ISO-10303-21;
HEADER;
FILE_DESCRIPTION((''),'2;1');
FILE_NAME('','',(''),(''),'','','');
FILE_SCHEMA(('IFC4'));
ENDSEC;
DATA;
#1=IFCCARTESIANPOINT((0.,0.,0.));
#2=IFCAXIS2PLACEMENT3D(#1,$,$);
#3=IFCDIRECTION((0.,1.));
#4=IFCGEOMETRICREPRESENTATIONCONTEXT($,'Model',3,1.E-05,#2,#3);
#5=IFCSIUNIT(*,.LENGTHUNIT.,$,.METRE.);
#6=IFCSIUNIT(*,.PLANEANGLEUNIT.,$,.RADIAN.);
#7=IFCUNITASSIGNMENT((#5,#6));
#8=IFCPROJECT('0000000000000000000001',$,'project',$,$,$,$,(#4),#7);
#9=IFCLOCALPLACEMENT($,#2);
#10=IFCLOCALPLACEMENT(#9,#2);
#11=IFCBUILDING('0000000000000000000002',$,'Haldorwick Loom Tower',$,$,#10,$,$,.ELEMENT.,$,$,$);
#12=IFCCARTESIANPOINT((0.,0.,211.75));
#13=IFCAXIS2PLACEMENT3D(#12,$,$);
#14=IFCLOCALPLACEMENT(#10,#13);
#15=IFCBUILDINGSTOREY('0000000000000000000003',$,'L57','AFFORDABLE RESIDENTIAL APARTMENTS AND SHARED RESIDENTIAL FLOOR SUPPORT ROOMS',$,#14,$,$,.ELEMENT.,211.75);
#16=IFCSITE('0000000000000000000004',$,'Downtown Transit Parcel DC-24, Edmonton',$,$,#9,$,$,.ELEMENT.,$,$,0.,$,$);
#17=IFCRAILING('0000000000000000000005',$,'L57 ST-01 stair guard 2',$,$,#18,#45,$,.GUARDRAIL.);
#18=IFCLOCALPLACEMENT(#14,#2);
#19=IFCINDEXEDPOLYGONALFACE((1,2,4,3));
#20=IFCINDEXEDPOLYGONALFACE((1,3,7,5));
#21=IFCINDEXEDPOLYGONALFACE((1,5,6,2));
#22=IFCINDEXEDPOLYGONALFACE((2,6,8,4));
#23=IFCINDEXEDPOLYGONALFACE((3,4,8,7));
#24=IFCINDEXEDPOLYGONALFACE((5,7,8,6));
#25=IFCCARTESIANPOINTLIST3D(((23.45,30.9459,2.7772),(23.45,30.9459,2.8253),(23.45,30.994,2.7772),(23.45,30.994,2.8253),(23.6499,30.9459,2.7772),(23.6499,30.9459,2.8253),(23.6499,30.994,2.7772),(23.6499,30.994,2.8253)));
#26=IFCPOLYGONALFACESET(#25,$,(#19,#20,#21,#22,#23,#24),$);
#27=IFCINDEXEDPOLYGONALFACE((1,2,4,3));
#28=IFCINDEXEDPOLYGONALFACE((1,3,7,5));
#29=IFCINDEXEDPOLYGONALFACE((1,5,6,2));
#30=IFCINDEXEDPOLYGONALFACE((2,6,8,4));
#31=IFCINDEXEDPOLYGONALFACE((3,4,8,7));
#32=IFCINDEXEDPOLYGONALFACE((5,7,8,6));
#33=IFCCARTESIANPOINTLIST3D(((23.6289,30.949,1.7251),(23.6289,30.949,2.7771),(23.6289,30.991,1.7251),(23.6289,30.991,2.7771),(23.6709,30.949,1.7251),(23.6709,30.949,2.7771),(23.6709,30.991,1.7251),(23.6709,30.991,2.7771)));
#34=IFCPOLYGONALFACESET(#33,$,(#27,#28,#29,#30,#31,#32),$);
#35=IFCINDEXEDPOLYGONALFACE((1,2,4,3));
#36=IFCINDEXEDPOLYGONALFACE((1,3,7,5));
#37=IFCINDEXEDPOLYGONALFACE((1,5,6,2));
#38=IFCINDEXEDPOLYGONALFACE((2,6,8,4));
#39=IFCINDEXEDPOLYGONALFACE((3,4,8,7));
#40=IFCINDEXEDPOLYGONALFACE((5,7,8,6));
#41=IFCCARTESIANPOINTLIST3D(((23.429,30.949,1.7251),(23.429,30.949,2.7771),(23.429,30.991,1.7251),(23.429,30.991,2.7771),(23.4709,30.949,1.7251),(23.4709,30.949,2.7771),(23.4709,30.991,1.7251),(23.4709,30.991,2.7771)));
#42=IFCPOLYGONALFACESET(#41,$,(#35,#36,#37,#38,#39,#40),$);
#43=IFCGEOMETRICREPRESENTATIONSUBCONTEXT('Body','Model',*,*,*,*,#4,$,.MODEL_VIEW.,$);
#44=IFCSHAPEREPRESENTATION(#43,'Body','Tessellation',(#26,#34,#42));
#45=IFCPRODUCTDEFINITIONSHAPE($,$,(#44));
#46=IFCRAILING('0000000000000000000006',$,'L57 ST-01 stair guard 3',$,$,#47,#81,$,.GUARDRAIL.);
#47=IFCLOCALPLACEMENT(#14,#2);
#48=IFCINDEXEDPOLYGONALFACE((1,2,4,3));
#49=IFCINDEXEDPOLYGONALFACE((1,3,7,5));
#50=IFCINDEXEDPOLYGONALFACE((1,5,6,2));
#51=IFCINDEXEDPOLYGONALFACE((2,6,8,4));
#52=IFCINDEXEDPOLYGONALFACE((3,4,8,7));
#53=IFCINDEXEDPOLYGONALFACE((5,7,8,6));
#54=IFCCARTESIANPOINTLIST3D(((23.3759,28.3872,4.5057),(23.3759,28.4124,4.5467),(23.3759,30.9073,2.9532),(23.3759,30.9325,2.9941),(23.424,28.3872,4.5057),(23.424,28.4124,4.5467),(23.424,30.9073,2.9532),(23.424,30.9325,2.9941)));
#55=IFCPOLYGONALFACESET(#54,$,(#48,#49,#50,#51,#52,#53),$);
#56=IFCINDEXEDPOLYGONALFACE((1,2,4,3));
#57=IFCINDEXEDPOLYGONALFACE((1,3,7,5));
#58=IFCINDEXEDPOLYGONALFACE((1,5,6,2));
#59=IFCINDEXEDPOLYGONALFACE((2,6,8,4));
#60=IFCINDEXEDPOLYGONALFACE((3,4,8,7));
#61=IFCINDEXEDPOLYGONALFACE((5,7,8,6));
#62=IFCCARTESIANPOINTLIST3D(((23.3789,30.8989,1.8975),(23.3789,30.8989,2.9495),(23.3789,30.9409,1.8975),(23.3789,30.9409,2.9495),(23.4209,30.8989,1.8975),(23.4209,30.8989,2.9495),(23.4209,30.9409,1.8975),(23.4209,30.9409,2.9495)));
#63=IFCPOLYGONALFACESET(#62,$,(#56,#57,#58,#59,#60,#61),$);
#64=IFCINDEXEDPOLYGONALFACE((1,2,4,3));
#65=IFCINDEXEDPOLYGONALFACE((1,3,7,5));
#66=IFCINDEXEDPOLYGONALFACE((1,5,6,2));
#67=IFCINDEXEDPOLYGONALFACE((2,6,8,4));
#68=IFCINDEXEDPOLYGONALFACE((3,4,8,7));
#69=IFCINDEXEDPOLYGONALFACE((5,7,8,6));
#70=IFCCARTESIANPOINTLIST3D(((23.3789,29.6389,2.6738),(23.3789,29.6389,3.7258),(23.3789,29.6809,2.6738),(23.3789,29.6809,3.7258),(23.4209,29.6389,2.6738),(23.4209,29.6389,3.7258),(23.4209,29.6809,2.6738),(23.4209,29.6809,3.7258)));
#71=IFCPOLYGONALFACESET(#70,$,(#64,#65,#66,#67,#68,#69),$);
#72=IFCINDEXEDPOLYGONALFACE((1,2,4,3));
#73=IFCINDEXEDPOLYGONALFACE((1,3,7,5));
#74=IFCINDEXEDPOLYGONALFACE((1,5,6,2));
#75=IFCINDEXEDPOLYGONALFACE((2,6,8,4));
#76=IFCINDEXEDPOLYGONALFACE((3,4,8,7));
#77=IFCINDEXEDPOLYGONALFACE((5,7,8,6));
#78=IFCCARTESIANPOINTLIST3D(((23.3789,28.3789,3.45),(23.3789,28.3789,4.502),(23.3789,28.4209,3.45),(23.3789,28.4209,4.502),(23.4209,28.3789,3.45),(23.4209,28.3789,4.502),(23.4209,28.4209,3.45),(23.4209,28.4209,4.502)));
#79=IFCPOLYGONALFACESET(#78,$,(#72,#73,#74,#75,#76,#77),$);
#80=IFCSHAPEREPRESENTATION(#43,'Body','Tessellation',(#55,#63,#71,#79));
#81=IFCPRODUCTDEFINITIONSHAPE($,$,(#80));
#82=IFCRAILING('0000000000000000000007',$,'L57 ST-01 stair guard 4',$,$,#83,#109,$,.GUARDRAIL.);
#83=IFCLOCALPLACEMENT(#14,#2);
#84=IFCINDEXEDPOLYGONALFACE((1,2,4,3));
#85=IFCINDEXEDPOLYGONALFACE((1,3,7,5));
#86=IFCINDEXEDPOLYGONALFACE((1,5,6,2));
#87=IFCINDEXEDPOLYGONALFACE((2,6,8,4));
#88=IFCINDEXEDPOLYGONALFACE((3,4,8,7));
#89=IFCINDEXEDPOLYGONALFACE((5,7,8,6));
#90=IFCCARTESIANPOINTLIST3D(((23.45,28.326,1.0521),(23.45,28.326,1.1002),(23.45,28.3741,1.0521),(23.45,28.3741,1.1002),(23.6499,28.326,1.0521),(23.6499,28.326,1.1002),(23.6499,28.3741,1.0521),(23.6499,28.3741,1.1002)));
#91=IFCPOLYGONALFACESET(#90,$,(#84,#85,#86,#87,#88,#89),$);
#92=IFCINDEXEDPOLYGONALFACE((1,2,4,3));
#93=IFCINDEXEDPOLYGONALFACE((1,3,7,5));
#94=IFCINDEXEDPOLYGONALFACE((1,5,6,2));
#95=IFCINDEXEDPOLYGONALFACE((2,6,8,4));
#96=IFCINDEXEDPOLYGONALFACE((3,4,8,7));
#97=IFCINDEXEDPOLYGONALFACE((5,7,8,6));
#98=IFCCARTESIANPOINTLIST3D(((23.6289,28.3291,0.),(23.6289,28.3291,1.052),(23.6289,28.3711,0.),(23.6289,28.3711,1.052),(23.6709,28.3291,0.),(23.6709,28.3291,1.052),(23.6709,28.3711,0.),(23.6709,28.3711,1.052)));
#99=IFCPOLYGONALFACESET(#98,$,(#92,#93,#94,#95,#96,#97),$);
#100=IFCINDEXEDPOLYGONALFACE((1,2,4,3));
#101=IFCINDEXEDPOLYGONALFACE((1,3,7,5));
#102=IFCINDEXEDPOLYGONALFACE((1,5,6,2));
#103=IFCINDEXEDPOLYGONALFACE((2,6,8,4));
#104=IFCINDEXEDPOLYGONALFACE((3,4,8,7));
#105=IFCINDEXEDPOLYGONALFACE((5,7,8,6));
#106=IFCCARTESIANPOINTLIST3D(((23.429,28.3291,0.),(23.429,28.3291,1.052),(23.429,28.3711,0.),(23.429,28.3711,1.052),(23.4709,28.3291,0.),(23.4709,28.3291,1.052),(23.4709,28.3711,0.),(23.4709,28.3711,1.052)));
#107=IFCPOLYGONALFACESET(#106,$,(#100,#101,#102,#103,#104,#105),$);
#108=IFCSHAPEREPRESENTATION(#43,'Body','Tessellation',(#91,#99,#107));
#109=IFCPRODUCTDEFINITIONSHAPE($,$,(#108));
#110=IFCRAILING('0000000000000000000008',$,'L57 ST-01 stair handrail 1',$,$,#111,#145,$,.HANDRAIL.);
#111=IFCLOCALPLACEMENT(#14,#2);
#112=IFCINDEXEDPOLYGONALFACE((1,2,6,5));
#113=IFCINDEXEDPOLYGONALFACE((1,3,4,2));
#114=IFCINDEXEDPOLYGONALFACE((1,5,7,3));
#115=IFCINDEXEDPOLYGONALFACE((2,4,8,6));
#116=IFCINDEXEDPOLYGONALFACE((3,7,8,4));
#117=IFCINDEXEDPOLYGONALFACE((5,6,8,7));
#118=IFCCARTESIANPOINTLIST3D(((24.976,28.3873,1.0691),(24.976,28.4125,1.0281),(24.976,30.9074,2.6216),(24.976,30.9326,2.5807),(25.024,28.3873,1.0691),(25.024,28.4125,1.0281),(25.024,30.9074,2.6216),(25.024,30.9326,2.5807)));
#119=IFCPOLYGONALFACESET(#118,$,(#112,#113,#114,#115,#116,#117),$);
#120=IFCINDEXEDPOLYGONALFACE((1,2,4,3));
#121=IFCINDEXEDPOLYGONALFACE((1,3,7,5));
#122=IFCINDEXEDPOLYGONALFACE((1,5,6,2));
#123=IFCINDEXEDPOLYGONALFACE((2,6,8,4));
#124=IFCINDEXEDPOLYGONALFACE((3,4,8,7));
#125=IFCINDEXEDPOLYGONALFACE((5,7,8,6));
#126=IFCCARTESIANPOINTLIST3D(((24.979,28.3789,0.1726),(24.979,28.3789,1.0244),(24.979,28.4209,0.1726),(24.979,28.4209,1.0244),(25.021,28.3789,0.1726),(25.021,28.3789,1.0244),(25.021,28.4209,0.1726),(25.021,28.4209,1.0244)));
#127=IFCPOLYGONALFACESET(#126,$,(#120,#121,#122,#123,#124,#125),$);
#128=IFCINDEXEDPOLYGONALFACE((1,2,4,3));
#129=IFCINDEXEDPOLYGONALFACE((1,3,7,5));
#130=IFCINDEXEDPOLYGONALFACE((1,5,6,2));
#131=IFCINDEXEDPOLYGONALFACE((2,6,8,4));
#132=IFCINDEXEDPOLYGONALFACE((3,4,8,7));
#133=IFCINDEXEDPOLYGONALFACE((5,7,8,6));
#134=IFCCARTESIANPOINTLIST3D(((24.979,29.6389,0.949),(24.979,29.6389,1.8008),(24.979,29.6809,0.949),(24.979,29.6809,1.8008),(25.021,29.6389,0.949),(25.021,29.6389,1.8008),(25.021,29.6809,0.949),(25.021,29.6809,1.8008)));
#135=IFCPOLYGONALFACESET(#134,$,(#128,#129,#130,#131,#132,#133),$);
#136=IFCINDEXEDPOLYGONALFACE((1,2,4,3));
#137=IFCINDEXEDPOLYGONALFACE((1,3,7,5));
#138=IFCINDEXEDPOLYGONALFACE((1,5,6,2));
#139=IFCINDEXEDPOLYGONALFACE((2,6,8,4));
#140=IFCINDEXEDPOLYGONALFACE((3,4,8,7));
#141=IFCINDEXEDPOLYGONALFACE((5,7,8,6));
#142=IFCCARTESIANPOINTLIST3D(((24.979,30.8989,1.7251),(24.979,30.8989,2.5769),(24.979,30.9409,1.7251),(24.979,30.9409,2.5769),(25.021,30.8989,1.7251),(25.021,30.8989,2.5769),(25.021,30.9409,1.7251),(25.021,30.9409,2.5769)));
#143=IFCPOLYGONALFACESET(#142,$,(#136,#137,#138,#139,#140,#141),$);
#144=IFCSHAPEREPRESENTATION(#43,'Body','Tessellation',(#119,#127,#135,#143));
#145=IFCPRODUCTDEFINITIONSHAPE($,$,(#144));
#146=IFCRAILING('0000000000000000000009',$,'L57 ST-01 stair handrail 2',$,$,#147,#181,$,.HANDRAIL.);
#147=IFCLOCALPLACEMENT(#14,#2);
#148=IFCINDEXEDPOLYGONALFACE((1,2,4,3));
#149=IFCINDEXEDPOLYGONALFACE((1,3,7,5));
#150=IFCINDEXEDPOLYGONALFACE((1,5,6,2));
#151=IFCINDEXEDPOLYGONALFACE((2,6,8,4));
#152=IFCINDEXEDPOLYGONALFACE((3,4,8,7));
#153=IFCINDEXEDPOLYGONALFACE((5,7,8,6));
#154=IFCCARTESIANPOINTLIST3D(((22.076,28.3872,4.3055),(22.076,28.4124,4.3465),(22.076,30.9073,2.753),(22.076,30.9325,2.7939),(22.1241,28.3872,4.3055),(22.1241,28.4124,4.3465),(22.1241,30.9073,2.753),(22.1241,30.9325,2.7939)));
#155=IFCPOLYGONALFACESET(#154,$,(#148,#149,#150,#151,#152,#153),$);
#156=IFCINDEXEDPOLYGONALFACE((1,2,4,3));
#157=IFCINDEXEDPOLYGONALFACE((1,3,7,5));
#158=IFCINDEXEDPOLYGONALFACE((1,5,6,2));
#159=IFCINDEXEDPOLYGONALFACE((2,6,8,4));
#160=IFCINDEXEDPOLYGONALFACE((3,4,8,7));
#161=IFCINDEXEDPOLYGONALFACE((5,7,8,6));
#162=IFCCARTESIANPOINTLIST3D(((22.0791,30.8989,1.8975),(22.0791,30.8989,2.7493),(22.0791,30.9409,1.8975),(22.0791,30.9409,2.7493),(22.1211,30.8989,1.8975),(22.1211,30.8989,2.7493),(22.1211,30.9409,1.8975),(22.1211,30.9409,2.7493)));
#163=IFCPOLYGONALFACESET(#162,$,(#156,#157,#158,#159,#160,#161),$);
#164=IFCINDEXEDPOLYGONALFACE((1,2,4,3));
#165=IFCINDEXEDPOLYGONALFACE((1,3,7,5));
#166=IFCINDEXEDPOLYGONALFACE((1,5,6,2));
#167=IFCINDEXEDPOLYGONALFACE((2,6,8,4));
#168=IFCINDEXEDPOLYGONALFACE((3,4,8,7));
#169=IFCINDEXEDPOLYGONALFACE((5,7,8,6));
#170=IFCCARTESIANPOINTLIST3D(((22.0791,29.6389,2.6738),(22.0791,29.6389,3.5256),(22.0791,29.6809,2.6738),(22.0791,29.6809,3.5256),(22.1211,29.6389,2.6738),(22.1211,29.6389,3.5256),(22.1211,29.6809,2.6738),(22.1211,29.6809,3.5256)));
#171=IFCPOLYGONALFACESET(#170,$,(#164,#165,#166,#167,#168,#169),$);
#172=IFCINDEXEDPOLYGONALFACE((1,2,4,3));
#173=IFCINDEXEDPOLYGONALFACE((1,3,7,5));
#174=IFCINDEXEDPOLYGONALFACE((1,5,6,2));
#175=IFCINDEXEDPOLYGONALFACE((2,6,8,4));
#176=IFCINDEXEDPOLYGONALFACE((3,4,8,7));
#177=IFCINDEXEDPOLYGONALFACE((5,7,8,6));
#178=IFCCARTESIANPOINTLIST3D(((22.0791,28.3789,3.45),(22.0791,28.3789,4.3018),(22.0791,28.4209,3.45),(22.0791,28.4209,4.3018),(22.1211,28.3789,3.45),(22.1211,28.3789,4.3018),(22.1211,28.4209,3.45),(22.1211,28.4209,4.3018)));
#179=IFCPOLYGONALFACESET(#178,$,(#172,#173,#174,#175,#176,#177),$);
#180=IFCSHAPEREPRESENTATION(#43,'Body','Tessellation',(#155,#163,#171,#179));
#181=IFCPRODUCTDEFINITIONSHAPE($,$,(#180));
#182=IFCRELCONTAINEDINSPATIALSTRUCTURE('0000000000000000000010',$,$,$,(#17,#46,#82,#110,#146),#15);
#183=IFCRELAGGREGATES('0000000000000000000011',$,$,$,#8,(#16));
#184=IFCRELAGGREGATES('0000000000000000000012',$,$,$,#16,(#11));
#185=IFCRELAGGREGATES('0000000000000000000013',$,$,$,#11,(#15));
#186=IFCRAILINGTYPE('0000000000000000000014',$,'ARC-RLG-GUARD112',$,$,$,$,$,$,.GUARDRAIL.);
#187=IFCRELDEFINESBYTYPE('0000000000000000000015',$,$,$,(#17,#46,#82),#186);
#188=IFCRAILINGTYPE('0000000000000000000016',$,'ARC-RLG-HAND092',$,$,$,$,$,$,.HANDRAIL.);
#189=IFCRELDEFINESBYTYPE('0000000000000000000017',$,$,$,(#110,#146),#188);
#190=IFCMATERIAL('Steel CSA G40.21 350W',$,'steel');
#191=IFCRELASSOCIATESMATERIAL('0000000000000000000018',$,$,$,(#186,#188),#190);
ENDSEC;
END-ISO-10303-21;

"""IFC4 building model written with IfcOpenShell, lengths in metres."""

from ifc_helpers import new_model, si_unit, direction, frame, origin, origin_2d, place, context, subcontext, project, spatial, rectangle, extrude, material, type_object, element, save


model = new_model("IFC4")

# Units and contexts
model_context = context("Model", 3, precision=1e-05, world=origin(), true_north=direction((0.0, 1.0)))
body_context = subcontext(model_context, "Body", "Model", "MODEL_VIEW")
ifc_project = project(units=[si_unit("LENGTHUNIT", "METRE"), si_unit("PLANEANGLEUNIT", "RADIAN")], contexts=[model_context])

# Site, building, storey
site_placement = place(None, origin())
site = spatial("IfcSite", under=ifc_project, at=site_placement, Name="Downtown Transit Parcel DC-24, Edmonton", CompositionType="ELEMENT", RefElevation=0.0)
building_placement = place(site_placement, origin())
building = spatial("IfcBuilding", under=site, at=building_placement, Name="Haldorwick Loom Tower", CompositionType="ELEMENT")
storey_placement = place(building_placement, frame((0.0, 0.0, 211.75)))
storey = spatial("IfcBuildingStorey", under=building, at=storey_placement, Name="L57", Description="AFFORDABLE RESIDENTIAL APARTMENTS AND SHARED RESIDENTIAL FLOOR SUPPORT ROOMS", CompositionType="ELEMENT", Elevation=211.75)

# Shared definitions
ifc_material_1 = material(Name="Steel CSA G40.21 350W", Category="steel")

# Railings
railing_type_1 = type_object("IfcRailingType", Name="ARC-RLG-GUARD112", PredefinedType="GUARDRAIL", material=ifc_material_1)
railing_1_placement = place(storey_placement, frame((23.6499, 30.97, 1.7251)))
element("IfcRailing", 1, at=railing_1_placement, inside=storey, type_object=railing_type_1, Name="L57 ST-01 stair guard 2", PredefinedType="GUARDRAIL", context=body_context, shape_type="SweptSolid", body=[
    extrude(rectangle(XDim=0.0481, YDim=0.0481, at=origin_2d()), frame((0.0, 0.0, 1.0762), z_axis=(-1.0, 0.0, 0.0), x_axis=(0.0, -1.0, 0.0)), (0.0, 0.0, 1.0), 0.2),
    extrude(rectangle(XDim=0.042, YDim=0.042, at=origin_2d()), origin(), (0.0, 0.0, 1.0), 1.052),
    extrude(rectangle(XDim=0.042, YDim=0.042, at=origin_2d()), frame((-0.2, 0.0, 0.0)), (0.0, 0.0, 1.0), 1.052),
])
railing_2_placement = place(storey_placement, frame((23.3999, 30.9199, 1.8975)))
element("IfcRailing", 2, at=railing_2_placement, inside=storey, type_object=railing_type_1, Name="L57 ST-01 stair guard 3", PredefinedType="GUARDRAIL", context=body_context, shape_type="SweptSolid", body=[
    extrude(rectangle(XDim=0.0481, YDim=0.0481, at=origin_2d()), frame((0.0, 0.0, 1.0762), z_axis=(0.0, -0.8514, 0.524516), x_axis=(1.0, 0.0, 0.0)), (0.0, 0.0, 1.0), 2.96),
    extrude(rectangle(XDim=0.042, YDim=0.042, at=origin_2d()), origin(), (0.0, 0.0, 1.0), 1.052),
    extrude(rectangle(XDim=0.042, YDim=0.042, at=origin_2d()), frame((0.0, -1.26, 0.7764)), (0.0, 0.0, 1.0), 1.052),
    extrude(rectangle(XDim=0.042, YDim=0.042, at=origin_2d()), frame((0.0, -2.52, 1.5525)), (0.0, 0.0, 1.0), 1.052),
])
railing_3_placement = place(storey_placement, frame((23.6499, 28.3501, 0.0)))
element("IfcRailing", 3, at=railing_3_placement, inside=storey, type_object=railing_type_1, Name="L57 ST-01 stair guard 4", PredefinedType="GUARDRAIL", context=body_context, shape_type="SweptSolid", body=[
    extrude(rectangle(XDim=0.0481, YDim=0.0481, at=origin_2d()), frame((0.0, 0.0, 1.0762), z_axis=(-1.0, 0.0, 0.0), x_axis=(0.0, -1.0, 0.0)), (0.0, 0.0, 1.0), 0.2),
    extrude(rectangle(XDim=0.042, YDim=0.042, at=origin_2d()), origin(), (0.0, 0.0, 1.0), 1.052),
    extrude(rectangle(XDim=0.042, YDim=0.042, at=origin_2d()), frame((-0.2, 0.0, 0.0)), (0.0, 0.0, 1.0), 1.052),
])
railing_type_2 = type_object("IfcRailingType", Name="ARC-RLG-HAND092", PredefinedType="HANDRAIL", material=ifc_material_1)
railing_4_placement = place(storey_placement, frame((25.0, 28.3999, 0.1726)))
element("IfcRailing", 4, at=railing_4_placement, inside=storey, type_object=railing_type_2, Name="L57 ST-01 stair handrail 1", PredefinedType="HANDRAIL", context=body_context, shape_type="SweptSolid", body=[
    extrude(rectangle(XDim=0.0481, YDim=0.0481, at=origin_2d()), frame((0.0, 0.0, 0.876), z_axis=(0.0, 0.8514, 0.524516), x_axis=(-1.0, 0.0, 0.0)), (0.0, 0.0, 1.0), 2.96),
    extrude(rectangle(XDim=0.042, YDim=0.042, at=origin_2d()), origin(), (0.0, 0.0, 1.0), 0.8518),
    extrude(rectangle(XDim=0.042, YDim=0.042, at=origin_2d()), frame((0.0, 1.26, 0.7764)), (0.0, 0.0, 1.0), 0.8518),
    extrude(rectangle(XDim=0.042, YDim=0.042, at=origin_2d()), frame((0.0, 2.52, 1.5525)), (0.0, 0.0, 1.0), 0.8518),
])
railing_5_placement = place(storey_placement, frame((22.1001, 30.9199, 1.8975)))
element("IfcRailing", 5, at=railing_5_placement, inside=storey, type_object=railing_type_2, Name="L57 ST-01 stair handrail 2", PredefinedType="HANDRAIL", context=body_context, shape_type="SweptSolid", body=[
    extrude(rectangle(XDim=0.0481, YDim=0.0481, at=origin_2d()), frame((0.0, 0.0, 0.876), z_axis=(0.0, -0.8514, 0.524516), x_axis=(1.0, 0.0, 0.0)), (0.0, 0.0, 1.0), 2.96),
    extrude(rectangle(XDim=0.042, YDim=0.042, at=origin_2d()), origin(), (0.0, 0.0, 1.0), 0.8518),
    extrude(rectangle(XDim=0.042, YDim=0.042, at=origin_2d()), frame((0.0, -1.26, 0.7764)), (0.0, 0.0, 1.0), 0.8518),
    extrude(rectangle(XDim=0.042, YDim=0.042, at=origin_2d()), frame((0.0, -2.52, 1.5525)), (0.0, 0.0, 1.0), 0.8518),
])

save(model, "model.ifc")
